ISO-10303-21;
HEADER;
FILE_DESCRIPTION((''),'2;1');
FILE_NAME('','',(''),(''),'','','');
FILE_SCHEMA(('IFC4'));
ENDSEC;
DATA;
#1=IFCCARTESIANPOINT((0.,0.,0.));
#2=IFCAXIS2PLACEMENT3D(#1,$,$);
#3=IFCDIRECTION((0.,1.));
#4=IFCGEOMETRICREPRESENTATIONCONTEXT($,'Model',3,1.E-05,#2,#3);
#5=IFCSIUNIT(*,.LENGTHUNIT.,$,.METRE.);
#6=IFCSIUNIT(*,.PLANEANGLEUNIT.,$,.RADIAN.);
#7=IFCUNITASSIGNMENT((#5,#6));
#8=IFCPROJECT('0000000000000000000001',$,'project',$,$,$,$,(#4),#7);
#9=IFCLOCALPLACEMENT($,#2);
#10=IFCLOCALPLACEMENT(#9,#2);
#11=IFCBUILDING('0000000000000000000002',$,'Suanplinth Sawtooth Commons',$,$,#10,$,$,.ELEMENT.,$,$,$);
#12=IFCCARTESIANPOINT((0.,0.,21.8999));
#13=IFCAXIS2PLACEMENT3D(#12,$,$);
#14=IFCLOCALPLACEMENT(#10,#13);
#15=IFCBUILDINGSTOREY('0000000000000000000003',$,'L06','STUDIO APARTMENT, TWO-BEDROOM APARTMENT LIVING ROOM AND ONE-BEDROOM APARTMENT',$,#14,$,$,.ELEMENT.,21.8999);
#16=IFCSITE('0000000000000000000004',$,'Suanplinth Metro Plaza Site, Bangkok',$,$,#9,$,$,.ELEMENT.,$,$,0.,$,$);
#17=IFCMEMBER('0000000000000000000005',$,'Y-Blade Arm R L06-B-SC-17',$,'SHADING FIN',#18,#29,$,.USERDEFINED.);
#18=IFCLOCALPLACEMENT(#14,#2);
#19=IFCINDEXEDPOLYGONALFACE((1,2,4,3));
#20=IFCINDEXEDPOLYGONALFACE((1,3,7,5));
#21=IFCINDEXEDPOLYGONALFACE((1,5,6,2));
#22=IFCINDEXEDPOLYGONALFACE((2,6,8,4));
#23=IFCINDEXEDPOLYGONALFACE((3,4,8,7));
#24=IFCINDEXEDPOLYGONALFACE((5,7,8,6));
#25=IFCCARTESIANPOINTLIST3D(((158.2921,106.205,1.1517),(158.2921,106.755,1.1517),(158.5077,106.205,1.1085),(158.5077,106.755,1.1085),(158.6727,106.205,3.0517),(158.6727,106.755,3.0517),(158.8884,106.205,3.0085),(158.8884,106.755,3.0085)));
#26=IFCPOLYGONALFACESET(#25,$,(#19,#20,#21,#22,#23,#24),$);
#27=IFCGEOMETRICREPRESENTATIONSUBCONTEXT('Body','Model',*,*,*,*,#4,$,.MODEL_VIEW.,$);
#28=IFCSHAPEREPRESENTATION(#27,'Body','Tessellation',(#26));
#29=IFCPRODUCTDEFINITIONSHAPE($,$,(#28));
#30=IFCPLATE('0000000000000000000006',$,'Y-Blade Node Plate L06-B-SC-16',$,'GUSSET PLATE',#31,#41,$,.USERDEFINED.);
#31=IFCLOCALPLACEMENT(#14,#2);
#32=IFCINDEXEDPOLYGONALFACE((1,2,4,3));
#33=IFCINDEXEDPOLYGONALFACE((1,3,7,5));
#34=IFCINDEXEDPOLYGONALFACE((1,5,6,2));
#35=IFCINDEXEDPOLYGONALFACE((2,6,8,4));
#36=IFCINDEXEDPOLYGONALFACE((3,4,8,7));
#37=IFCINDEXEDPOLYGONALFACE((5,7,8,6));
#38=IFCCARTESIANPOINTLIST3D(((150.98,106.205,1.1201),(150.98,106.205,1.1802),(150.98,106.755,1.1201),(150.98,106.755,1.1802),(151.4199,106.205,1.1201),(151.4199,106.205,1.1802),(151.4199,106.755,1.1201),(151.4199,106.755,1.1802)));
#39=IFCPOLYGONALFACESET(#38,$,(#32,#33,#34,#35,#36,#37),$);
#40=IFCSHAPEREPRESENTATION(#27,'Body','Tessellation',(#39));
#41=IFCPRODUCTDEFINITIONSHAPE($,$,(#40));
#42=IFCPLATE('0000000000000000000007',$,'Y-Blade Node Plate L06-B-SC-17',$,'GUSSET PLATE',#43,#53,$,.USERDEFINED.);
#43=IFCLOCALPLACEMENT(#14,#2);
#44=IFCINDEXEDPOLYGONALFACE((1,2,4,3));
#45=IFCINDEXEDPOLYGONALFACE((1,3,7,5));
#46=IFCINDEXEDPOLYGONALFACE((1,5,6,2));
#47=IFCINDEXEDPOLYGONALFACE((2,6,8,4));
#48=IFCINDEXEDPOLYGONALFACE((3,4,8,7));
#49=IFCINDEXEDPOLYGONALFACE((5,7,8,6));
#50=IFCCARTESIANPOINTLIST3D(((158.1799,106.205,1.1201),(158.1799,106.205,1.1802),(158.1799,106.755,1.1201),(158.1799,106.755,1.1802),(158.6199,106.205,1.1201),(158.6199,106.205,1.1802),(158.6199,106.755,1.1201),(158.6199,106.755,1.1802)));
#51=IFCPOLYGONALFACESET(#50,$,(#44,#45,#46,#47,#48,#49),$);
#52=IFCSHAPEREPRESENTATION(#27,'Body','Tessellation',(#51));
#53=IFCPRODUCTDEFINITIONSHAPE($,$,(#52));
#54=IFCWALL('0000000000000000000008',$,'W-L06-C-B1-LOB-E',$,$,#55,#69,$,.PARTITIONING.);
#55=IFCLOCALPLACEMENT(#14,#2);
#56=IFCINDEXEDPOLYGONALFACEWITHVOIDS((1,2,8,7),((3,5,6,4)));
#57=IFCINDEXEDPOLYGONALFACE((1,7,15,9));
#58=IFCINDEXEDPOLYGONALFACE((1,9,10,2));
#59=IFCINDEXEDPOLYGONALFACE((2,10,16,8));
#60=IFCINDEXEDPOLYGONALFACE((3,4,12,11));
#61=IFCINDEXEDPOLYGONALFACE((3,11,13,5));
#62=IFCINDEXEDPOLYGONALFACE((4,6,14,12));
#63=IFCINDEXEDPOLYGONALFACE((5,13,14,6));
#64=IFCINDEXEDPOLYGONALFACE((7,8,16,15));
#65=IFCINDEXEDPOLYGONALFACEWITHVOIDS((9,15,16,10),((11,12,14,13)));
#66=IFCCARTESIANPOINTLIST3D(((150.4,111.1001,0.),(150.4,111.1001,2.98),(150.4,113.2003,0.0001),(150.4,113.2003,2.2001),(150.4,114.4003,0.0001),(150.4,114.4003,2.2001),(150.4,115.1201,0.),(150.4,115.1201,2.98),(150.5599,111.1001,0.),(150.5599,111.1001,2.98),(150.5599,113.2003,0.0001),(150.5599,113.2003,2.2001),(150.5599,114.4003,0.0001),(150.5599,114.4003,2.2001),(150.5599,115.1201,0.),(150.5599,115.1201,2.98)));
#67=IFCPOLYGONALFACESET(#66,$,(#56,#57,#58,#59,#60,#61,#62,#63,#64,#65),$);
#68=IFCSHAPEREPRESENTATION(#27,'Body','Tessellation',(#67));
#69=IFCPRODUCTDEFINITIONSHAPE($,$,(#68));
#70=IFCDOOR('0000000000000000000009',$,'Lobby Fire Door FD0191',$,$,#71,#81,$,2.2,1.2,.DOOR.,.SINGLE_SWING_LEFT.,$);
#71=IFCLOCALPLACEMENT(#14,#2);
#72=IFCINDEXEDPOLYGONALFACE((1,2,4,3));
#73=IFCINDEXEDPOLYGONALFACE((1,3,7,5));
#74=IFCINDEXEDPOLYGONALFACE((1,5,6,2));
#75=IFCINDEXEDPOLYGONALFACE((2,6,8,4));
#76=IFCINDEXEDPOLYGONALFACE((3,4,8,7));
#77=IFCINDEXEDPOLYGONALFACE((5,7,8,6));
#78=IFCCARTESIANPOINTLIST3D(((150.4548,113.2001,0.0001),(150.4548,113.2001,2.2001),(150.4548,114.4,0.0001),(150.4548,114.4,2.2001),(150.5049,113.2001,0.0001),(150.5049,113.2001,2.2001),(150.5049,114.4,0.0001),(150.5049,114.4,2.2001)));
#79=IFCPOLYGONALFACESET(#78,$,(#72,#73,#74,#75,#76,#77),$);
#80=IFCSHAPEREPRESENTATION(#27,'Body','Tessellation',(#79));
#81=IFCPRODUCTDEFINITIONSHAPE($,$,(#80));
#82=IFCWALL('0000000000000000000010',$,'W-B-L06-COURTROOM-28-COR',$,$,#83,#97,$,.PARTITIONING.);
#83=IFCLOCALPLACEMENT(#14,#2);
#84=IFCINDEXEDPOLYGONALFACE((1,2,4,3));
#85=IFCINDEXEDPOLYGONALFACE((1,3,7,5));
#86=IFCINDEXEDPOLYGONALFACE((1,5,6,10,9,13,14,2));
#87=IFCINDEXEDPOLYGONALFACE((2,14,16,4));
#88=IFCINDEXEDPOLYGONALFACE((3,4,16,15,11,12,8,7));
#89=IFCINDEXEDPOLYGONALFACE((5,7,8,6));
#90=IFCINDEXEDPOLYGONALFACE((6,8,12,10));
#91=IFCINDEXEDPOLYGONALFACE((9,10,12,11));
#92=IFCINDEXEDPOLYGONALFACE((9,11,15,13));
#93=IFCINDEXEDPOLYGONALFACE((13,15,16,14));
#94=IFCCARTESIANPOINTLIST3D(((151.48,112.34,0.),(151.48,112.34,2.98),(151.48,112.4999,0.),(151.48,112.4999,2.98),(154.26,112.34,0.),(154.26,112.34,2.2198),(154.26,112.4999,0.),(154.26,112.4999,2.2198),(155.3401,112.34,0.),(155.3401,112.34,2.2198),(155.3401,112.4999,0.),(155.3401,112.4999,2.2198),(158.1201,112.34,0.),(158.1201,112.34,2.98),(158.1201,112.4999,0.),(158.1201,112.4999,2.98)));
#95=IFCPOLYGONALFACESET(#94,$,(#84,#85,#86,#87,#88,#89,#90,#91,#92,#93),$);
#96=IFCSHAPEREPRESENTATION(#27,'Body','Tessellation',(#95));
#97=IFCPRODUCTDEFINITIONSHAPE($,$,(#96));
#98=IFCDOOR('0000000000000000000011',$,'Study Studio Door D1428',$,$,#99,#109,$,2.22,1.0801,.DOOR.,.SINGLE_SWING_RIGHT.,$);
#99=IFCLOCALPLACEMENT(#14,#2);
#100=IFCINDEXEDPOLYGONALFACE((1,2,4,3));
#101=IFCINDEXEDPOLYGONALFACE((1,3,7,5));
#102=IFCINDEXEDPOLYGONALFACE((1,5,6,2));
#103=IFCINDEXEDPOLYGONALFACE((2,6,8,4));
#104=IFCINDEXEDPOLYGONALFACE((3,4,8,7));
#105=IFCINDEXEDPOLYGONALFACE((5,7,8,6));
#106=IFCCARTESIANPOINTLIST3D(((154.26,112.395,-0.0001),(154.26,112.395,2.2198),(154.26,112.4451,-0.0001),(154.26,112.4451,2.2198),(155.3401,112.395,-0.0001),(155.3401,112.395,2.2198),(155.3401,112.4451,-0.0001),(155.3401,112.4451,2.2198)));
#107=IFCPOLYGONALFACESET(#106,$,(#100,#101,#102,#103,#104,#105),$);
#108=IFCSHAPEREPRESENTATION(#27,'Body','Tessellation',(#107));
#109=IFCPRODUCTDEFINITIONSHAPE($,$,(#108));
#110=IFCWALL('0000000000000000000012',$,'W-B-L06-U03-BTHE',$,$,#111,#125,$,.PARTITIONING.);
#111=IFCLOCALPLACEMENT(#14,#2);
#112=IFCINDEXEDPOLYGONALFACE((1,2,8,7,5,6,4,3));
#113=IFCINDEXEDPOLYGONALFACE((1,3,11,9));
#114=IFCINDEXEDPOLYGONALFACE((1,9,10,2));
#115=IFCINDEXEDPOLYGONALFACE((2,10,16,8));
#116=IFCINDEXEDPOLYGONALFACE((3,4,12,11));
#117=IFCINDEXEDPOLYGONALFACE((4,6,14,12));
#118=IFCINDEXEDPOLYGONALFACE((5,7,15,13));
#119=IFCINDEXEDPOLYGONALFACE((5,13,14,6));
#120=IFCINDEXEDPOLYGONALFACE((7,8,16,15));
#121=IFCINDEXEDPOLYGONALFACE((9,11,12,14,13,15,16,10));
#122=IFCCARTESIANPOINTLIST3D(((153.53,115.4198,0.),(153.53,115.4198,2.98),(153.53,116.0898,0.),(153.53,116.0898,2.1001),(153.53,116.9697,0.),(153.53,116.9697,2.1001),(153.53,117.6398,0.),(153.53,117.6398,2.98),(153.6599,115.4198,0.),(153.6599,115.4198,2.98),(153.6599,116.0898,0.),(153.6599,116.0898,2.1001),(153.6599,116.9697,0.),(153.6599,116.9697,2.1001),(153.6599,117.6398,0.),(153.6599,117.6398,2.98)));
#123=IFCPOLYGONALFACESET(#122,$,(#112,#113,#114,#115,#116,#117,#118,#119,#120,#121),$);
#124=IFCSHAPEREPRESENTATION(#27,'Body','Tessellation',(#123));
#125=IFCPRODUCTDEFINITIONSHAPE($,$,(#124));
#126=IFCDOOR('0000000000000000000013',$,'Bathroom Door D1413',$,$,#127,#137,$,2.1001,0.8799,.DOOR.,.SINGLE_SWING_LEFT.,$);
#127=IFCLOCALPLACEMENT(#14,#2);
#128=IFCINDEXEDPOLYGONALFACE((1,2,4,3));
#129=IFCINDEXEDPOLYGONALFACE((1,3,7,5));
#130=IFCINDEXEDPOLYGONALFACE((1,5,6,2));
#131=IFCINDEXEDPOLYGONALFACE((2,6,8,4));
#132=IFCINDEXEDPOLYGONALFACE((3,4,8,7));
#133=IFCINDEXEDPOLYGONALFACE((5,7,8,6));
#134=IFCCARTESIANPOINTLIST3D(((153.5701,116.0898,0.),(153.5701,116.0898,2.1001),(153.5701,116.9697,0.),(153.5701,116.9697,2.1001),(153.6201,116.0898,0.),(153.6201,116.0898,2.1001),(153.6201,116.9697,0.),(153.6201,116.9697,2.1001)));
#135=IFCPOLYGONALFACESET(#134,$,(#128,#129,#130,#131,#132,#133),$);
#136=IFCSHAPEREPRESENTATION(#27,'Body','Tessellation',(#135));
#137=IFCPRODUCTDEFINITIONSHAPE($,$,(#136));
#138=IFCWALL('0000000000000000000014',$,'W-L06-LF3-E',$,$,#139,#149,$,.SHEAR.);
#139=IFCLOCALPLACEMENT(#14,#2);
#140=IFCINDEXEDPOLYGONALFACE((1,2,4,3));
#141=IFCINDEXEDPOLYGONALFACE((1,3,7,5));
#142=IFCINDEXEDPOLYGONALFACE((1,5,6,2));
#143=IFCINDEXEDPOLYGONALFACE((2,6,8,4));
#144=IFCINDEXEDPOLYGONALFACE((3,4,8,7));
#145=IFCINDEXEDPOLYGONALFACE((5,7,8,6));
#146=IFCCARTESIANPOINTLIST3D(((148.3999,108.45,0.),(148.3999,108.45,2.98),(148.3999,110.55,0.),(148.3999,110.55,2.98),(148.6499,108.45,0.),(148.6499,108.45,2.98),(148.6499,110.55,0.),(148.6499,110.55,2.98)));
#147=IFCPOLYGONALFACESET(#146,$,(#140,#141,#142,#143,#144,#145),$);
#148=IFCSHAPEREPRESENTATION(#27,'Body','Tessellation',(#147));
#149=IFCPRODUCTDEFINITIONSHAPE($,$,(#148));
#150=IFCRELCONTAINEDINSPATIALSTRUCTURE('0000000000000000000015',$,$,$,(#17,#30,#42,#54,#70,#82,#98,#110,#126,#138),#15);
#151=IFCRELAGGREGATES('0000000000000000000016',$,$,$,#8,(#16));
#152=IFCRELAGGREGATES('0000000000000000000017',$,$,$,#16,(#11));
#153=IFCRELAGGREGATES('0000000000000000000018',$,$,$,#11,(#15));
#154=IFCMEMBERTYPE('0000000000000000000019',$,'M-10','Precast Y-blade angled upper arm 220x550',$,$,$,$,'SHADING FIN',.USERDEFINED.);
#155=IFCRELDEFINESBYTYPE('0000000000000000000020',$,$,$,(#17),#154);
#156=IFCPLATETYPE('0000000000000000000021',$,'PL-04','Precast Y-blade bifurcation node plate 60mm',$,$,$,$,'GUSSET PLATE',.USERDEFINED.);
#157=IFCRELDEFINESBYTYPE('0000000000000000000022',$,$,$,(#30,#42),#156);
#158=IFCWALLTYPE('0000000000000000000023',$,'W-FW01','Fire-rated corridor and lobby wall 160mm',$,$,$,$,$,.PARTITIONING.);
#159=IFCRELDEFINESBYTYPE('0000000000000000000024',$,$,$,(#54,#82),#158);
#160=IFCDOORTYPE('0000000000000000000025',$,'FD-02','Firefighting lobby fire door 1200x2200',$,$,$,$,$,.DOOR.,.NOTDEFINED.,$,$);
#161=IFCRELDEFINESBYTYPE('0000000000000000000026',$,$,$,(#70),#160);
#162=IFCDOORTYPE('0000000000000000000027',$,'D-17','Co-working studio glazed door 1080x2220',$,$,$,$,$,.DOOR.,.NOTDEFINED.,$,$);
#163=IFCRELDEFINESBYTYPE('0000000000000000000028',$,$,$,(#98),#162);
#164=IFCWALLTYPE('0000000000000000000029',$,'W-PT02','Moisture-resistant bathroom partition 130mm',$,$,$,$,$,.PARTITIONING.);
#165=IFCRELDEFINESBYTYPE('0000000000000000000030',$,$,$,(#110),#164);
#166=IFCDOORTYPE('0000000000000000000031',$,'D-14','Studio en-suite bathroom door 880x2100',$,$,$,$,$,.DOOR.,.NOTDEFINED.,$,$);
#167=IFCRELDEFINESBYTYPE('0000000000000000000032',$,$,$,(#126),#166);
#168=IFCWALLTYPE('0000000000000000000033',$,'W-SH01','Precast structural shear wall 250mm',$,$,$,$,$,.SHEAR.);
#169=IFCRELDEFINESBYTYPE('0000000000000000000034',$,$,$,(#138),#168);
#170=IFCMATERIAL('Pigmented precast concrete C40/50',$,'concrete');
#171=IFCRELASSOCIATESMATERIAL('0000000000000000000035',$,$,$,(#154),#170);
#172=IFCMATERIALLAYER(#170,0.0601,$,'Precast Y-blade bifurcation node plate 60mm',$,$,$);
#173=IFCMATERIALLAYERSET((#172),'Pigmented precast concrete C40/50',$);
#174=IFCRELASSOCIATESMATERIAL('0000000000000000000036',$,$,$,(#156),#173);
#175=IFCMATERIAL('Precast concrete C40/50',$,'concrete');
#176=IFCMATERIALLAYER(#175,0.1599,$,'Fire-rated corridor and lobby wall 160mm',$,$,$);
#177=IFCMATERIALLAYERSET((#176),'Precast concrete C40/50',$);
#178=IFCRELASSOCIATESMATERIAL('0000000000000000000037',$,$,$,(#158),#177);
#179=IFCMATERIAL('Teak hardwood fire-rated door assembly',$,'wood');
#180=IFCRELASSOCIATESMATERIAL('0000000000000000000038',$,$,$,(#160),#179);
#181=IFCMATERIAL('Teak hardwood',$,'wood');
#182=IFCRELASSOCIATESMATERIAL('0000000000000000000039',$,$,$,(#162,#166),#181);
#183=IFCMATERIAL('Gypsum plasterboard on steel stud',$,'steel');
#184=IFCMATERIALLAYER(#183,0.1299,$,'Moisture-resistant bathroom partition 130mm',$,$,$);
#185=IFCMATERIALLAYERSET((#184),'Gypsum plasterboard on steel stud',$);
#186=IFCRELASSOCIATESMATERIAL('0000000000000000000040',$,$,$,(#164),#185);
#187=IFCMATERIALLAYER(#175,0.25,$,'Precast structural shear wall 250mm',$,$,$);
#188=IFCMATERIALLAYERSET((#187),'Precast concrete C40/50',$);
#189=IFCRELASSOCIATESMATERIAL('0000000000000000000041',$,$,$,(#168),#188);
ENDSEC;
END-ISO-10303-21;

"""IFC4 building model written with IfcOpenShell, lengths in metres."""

from ifc_helpers import new_model, si_unit, direction, frame, frame_2d, origin, origin_2d, place, context, subcontext, project, spatial, rectangle, extrude, material, layer, layer_set, material_profile, profile_set, type_object, element, fill, save


model = new_model("IFC4")

# Units and contexts
model_context = context("Model", 3, precision=1e-05, world=origin(), true_north=direction((0.0, 1.0)))
body_context = subcontext(model_context, "Body", "Model", "MODEL_VIEW")
ifc_project = project(units=[si_unit("LENGTHUNIT", "METRE"), si_unit("PLANEANGLEUNIT", "RADIAN")], contexts=[model_context])

# Site, building, storey
site_placement = place(None, origin())
site = spatial("IfcSite", under=ifc_project, at=site_placement, Name="Suanplinth Metro Plaza Site, Bangkok", CompositionType="ELEMENT", RefElevation=0.0)
building_placement = place(site_placement, origin())
building = spatial("IfcBuilding", under=site, at=building_placement, Name="Suanplinth Sawtooth Commons", CompositionType="ELEMENT")
storey_placement = place(building_placement, frame((0.0, 0.0, 21.8999)))
storey = spatial("IfcBuildingStorey", under=building, at=storey_placement, Name="L06", Description="STUDIO APARTMENT, TWO-BEDROOM APARTMENT LIVING ROOM AND ONE-BEDROOM APARTMENT", CompositionType="ELEMENT", Elevation=21.8999)

# Shared definitions
ifc_material_1 = material(Name="Precast concrete C40/50", Category="concrete")

# Member
ifc_material_2 = material(Name="Pigmented precast concrete C40/50", Category="concrete")
ifc_material_profile_1 = material_profile(ifc_material_2, rectangle(XDim=0.22, YDim=0.55, at=origin_2d()), Name="PC-FIN 220x550")
ifc_profile_set_1 = profile_set([ifc_material_profile_1], Name="Pigmented precast concrete C40/50")
member_type_1 = type_object("IfcMemberType", Name="M-10", Description="Precast Y-blade angled upper arm 220x550", ElementType="SHADING FIN", PredefinedType="USERDEFINED", material=ifc_profile_set_1)
member_1_placement = place(storey_placement, frame((158.3999, 106.48, 1.1301), z_axis=(0.196431, 0.0, 0.980518), x_axis=(-0.980518, 0.0, 0.196431)))
element("IfcMember", 1, at=member_1_placement, inside=storey, type_object=member_type_1, Name="Y-Blade Arm R L06-B-SC-17", ObjectType="SHADING FIN", PredefinedType="USERDEFINED", context=body_context, shape_type="SweptSolid", body=[
    extrude(rectangle(XDim=0.22, YDim=0.55, at=origin_2d()), origin(), (0.0, 0.0, 1.0), 1.9377),
])

# Plates
ifc_layer_1 = layer(ifc_material_2, 0.0601, Name="Precast Y-blade bifurcation node plate 60mm")
ifc_layer_set_1 = layer_set([ifc_layer_1], Name="Pigmented precast concrete C40/50")
plate_type = type_object("IfcPlateType", Name="PL-04", Description="Precast Y-blade bifurcation node plate 60mm", ElementType="GUSSET PLATE", PredefinedType="USERDEFINED", material=ifc_layer_set_1)
for number, where, z_axis, x_axis, name in (
    (2, (151.2, 106.48, 1.1201), (0.0, 0.0, 1.0), (1.0, 0.0, 0.0), "Y-Blade Node Plate L06-B-SC-16"),
    (3, (158.3999, 106.48, 1.1201), (0.0, 0.0, 1.0), (1.0, 0.0, 0.0), "Y-Blade Node Plate L06-B-SC-17"),
):
    element("IfcPlate", number, at=place(storey_placement, frame(where, z_axis=z_axis, x_axis=x_axis)), inside=storey, type_object=plate_type, Name=name, ObjectType="GUSSET PLATE", PredefinedType="USERDEFINED", context=body_context, shape_type="SweptSolid", body=[
        extrude(rectangle(XDim=0.4399, YDim=0.55, at=origin_2d()), origin(), (0.0, 0.0, 1.0), 0.0601),
    ])

# Walls, openings, doors
ifc_layer_2 = layer(ifc_material_1, 0.1599, Name="Fire-rated corridor and lobby wall 160mm")
ifc_layer_set_2 = layer_set([ifc_layer_2], Name="Precast concrete C40/50")
wall_type_1 = type_object("IfcWallType", Name="W-FW01", Description="Fire-rated corridor and lobby wall 160mm", PredefinedType="PARTITIONING", material=ifc_layer_set_2)
wall_1_placement = place(storey_placement, frame((150.48, 111.1001, 0.0), z_axis=(0.0, 0.0, 1.0), x_axis=(0.0, 1.0, 0.0)))
wall_1 = element("IfcWall", 4, at=wall_1_placement, inside=storey, type_object=wall_type_1, Name="W-L06-C-B1-LOB-E", PredefinedType="PARTITIONING", context=body_context, shape_type="SweptSolid", body=[
    extrude(rectangle(XDim=4.02, YDim=0.1599, at=frame_2d((2.01, 0.0))), origin(), (0.0, 0.0, 1.0), 2.98),
])
opening_1_placement = place(wall_1_placement, frame((2.1001, 0.0, 0.0)))
opening_1 = element("IfcOpeningElement", 5, at=opening_1_placement, cuts=wall_1, PredefinedType="OPENING", context=body_context, shape_type="SweptSolid", body=[
    extrude(rectangle(XDim=1.2, YDim=2.2, at=frame_2d((0.6001, 1.1001))), frame((0.0, 0.0947, 0.0), z_axis=(0.0, -1.0, 0.0), x_axis=(1.0, 0.0, 0.0)), (0.0, 0.0, 1.0), 0.1897),
])
ifc_material_3 = material(Name="Teak hardwood fire-rated door assembly", Category="wood")
door_type_1 = type_object("IfcDoorType", Name="FD-02", Description="Firefighting lobby fire door 1200x2200", OperationType="NOTDEFINED", PredefinedType="DOOR", material=ifc_material_3)
door_1_placement = place(opening_1_placement, frame((1.2, 0.0, 0.0), z_axis=(0.0, 0.0, 1.0), x_axis=(-1.0, 0.0, 0.0)))
door_1 = element("IfcDoor", 6, at=door_1_placement, inside=storey, type_object=door_type_1, Name="Lobby Fire Door FD0191", OperationType="SINGLE_SWING_LEFT", OverallHeight=2.2, OverallWidth=1.2, PredefinedType="DOOR", context=body_context, shape_type="SweptSolid", body=[
    extrude(rectangle(XDim=1.2, YDim=2.2, at=frame_2d((0.6001, 1.1001))), frame((0.0, 0.0249, 0.0), z_axis=(0.0, -1.0, 0.0), x_axis=(1.0, 0.0, 0.0)), (0.0, 0.0, 1.0), 0.05),
])
fill(opening_1, door_1)
wall_2_placement = place(storey_placement, frame((151.48, 112.4199, 0.0), z_axis=(0.0, 0.0, 1.0), x_axis=(1.0, 0.0, 0.0)))
wall_2 = element("IfcWall", 7, at=wall_2_placement, inside=storey, type_object=wall_type_1, Name="W-B-L06-COURTROOM-28-COR", PredefinedType="PARTITIONING", context=body_context, shape_type="SweptSolid", body=[
    extrude(rectangle(XDim=6.6401, YDim=0.1599, at=frame_2d((3.3201, 0.0))), origin(), (0.0, 0.0, 1.0), 2.98),
])
opening_2_placement = place(wall_2_placement, frame((2.78, 0.0, 0.0)))
opening_2 = element("IfcOpeningElement", 8, at=opening_2_placement, cuts=wall_2, PredefinedType="OPENING", context=body_context, shape_type="SweptSolid", body=[
    extrude(rectangle(XDim=1.0801, YDim=2.22, at=frame_2d((0.54, 1.1099))), frame((0.0, 0.0947, 0.0), z_axis=(0.0, -1.0, 0.0), x_axis=(1.0, 0.0, 0.0)), (0.0, 0.0, 1.0), 0.1897),
])
ifc_material_4 = material(Name="Teak hardwood", Category="wood")
door_type_2 = type_object("IfcDoorType", Name="D-17", Description="Co-working studio glazed door 1080x2220", OperationType="NOTDEFINED", PredefinedType="DOOR", material=ifc_material_4)
door_2_placement = place(opening_2_placement, frame((1.0801, 0.0, 0.0), z_axis=(0.0, 0.0, 1.0), x_axis=(-1.0, 0.0, 0.0)))
door_2 = element("IfcDoor", 9, at=door_2_placement, inside=storey, type_object=door_type_2, Name="Study Studio Door D1428", OperationType="SINGLE_SWING_RIGHT", OverallHeight=2.22, OverallWidth=1.0801, PredefinedType="DOOR", context=body_context, shape_type="SweptSolid", body=[
    extrude(rectangle(XDim=1.0801, YDim=2.22, at=frame_2d((0.54, 1.1099))), frame((0.0, 0.0249, 0.0), z_axis=(0.0, -1.0, 0.0), x_axis=(1.0, 0.0, 0.0)), (0.0, 0.0, 1.0), 0.05),
])
fill(opening_2, door_2)
ifc_material_5 = material(Name="Gypsum plasterboard on steel stud", Category="steel")
ifc_layer_3 = layer(ifc_material_5, 0.1299, Name="Moisture-resistant bathroom partition 130mm")
ifc_layer_set_3 = layer_set([ifc_layer_3], Name="Gypsum plasterboard on steel stud")
wall_type_2 = type_object("IfcWallType", Name="W-PT02", Description="Moisture-resistant bathroom partition 130mm", PredefinedType="PARTITIONING", material=ifc_layer_set_3)
wall_3_placement = place(storey_placement, frame((153.595, 115.4199, 0.0), z_axis=(0.0, 0.0, 1.0), x_axis=(0.0, 1.0, 0.0)))
wall_3 = element("IfcWall", 10, at=wall_3_placement, inside=storey, type_object=wall_type_2, Name="W-B-L06-U03-BTHE", PredefinedType="PARTITIONING", context=body_context, shape_type="SweptSolid", body=[
    extrude(rectangle(XDim=2.22, YDim=0.1299, at=frame_2d((1.1099, 0.0))), origin(), (0.0, 0.0, 1.0), 2.98),
])
opening_3_placement = place(wall_3_placement, frame((0.6699, 0.0, 0.0)))
opening_3 = element("IfcOpeningElement", 11, at=opening_3_placement, cuts=wall_3, PredefinedType="OPENING", context=body_context, shape_type="SweptSolid", body=[
    extrude(rectangle(XDim=0.8799, YDim=2.1001, at=frame_2d((0.4399, 1.05))), frame((0.0, 0.0798, 0.0), z_axis=(0.0, -1.0, 0.0), x_axis=(1.0, 0.0, 0.0)), (0.0, 0.0, 1.0), 0.1597),
])
door_type_3 = type_object("IfcDoorType", Name="D-14", Description="Studio en-suite bathroom door 880x2100", OperationType="NOTDEFINED", PredefinedType="DOOR", material=ifc_material_4)
door_3_placement = place(opening_3_placement, origin())
door_3 = element("IfcDoor", 12, at=door_3_placement, inside=storey, type_object=door_type_3, Name="Bathroom Door D1413", OperationType="SINGLE_SWING_LEFT", OverallHeight=2.1001, OverallWidth=0.8799, PredefinedType="DOOR", context=body_context, shape_type="SweptSolid", body=[
    extrude(rectangle(XDim=0.8799, YDim=2.1001, at=frame_2d((0.4399, 1.05))), frame((0.0, 0.0249, 0.0), z_axis=(0.0, -1.0, 0.0), x_axis=(1.0, 0.0, 0.0)), (0.0, 0.0, 1.0), 0.05),
])
fill(opening_3, door_3)

# Wall
ifc_layer_4 = layer(ifc_material_1, 0.25, Name="Precast structural shear wall 250mm")
ifc_layer_set_4 = layer_set([ifc_layer_4], Name="Precast concrete C40/50")
wall_type_3 = type_object("IfcWallType", Name="W-SH01", Description="Precast structural shear wall 250mm", PredefinedType="SHEAR", material=ifc_layer_set_4)
wall_4_placement = place(storey_placement, frame((148.5249, 108.45, 0.0), z_axis=(0.0, 0.0, 1.0), x_axis=(0.0, 1.0, 0.0)))
element("IfcWall", 13, at=wall_4_placement, inside=storey, type_object=wall_type_3, Name="W-L06-LF3-E", PredefinedType="SHEAR", context=body_context, shape_type="SweptSolid", body=[
    extrude(rectangle(XDim=2.1001, YDim=0.25, at=frame_2d((1.05, 0.0))), origin(), (0.0, 0.0, 1.0), 2.98),
])

save(model, "model.ifc")
